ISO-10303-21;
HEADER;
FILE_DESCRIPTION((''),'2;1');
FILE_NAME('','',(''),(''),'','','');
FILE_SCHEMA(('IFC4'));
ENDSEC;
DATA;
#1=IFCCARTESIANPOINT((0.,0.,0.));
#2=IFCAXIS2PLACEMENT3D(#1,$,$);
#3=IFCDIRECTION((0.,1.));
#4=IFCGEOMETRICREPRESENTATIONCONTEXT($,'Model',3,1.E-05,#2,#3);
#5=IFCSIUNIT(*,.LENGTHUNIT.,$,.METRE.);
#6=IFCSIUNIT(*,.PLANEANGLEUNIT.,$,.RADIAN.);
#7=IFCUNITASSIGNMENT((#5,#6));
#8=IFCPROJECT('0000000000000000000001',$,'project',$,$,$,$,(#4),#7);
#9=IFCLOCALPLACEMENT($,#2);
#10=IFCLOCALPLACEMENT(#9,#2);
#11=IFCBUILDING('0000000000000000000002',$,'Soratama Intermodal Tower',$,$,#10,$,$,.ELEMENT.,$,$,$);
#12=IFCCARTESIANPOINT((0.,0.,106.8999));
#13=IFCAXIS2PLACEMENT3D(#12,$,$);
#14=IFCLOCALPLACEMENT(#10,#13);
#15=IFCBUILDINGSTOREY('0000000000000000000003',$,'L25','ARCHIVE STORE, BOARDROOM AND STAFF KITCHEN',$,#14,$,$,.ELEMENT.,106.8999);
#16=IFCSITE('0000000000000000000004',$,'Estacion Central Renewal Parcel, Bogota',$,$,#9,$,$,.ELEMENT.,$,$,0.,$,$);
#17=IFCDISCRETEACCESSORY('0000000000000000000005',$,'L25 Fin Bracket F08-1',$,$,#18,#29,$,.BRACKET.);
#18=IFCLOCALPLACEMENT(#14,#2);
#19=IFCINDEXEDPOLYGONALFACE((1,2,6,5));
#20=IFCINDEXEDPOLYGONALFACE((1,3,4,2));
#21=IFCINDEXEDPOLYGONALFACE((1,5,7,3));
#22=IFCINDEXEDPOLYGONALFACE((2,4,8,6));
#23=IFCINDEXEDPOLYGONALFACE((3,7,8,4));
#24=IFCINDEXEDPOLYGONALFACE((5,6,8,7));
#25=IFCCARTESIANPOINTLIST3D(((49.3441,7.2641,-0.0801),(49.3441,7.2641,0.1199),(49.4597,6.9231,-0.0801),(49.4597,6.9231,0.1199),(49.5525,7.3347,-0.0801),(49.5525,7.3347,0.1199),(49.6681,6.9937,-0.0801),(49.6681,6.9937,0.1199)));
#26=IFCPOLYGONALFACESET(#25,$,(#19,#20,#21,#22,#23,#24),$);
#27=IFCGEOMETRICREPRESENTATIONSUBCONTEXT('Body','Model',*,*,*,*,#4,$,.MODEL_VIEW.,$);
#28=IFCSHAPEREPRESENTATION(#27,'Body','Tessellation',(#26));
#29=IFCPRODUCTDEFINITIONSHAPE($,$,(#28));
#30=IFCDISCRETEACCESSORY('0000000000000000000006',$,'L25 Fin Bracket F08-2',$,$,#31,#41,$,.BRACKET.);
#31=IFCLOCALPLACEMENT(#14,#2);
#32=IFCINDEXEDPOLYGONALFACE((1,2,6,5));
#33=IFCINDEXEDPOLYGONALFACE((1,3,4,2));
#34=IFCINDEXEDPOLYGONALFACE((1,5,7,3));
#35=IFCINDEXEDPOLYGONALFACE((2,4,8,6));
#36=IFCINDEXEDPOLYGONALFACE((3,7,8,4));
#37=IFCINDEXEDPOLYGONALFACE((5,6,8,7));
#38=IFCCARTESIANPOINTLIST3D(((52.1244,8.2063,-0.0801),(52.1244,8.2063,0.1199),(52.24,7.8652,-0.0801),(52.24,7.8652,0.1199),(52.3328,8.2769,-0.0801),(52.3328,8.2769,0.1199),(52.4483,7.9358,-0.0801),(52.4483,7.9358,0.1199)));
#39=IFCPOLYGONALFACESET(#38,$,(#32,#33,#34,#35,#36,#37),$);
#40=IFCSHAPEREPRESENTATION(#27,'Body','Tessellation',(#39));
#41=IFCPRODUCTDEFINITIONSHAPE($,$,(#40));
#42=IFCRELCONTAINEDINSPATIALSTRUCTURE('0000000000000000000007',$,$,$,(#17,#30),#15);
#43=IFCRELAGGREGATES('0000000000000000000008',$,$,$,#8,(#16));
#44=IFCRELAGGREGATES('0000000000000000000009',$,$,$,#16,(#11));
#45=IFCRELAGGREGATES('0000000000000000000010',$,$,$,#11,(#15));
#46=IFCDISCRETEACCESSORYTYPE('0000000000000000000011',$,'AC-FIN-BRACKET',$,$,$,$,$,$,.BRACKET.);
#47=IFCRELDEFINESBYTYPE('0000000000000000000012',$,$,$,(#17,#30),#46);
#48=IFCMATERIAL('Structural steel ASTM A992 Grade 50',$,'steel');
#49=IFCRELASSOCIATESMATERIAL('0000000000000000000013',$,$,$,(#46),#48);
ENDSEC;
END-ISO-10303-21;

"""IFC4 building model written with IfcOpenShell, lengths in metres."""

from ifc_helpers import new_model, si_unit, direction, frame, origin, origin_2d, place, context, subcontext, project, spatial, rectangle, extrude, material, type_object, element, save


model = new_model("IFC4")

# Units and contexts
model_context = context("Model", 3, precision=1e-05, world=origin(), true_north=direction((0.0, 1.0)))
body_context = subcontext(model_context, "Body", "Model", "MODEL_VIEW")
ifc_project = project(units=[si_unit("LENGTHUNIT", "METRE"), si_unit("PLANEANGLEUNIT", "RADIAN")], contexts=[model_context])

# Site, building, storey
site_placement = place(None, origin())
site = spatial("IfcSite", under=ifc_project, at=site_placement, Name="Estacion Central Renewal Parcel, Bogota", CompositionType="ELEMENT", RefElevation=0.0)
building_placement = place(site_placement, origin())
building = spatial("IfcBuilding", under=site, at=building_placement, Name="Soratama Intermodal Tower", CompositionType="ELEMENT")
storey_placement = place(building_placement, frame((0.0, 0.0, 106.8999)))
storey = spatial("IfcBuildingStorey", under=building, at=storey_placement, Name="L25", Description="ARCHIVE STORE, BOARDROOM AND STAFF KITCHEN", CompositionType="ELEMENT", Elevation=106.8999)

# Discrete accessories
ifc_material_1 = material(Name="Structural steel ASTM A992 Grade 50", Category="steel")
discrete_accessory_type = type_object("IfcDiscreteAccessoryType", Name="AC-FIN-BRACKET", PredefinedType="BRACKET", material=ifc_material_1)
for number, where, z_axis, x_axis, name in (
    (1, (49.5061, 7.1289, -0.0801), (0.0, 0.0, 1.0), (0.320944, -0.947098, 0.0), "L25 Fin Bracket F08-1"),
    (2, (52.2864, 8.071, -0.0801), (0.0, 0.0, 1.0), (0.320944, -0.947098, 0.0), "L25 Fin Bracket F08-2"),
):
    element("IfcDiscreteAccessory", number, at=place(storey_placement, frame(where, z_axis=z_axis, x_axis=x_axis)), inside=storey, type_object=discrete_accessory_type, Name=name, PredefinedType="BRACKET", context=body_context, shape_type="SweptSolid", body=[
        extrude(rectangle(XDim=0.3601, YDim=0.22, at=origin_2d()), origin(), (0.0, 0.0, 1.0), 0.2),
    ])

save(model, "model.ifc")
